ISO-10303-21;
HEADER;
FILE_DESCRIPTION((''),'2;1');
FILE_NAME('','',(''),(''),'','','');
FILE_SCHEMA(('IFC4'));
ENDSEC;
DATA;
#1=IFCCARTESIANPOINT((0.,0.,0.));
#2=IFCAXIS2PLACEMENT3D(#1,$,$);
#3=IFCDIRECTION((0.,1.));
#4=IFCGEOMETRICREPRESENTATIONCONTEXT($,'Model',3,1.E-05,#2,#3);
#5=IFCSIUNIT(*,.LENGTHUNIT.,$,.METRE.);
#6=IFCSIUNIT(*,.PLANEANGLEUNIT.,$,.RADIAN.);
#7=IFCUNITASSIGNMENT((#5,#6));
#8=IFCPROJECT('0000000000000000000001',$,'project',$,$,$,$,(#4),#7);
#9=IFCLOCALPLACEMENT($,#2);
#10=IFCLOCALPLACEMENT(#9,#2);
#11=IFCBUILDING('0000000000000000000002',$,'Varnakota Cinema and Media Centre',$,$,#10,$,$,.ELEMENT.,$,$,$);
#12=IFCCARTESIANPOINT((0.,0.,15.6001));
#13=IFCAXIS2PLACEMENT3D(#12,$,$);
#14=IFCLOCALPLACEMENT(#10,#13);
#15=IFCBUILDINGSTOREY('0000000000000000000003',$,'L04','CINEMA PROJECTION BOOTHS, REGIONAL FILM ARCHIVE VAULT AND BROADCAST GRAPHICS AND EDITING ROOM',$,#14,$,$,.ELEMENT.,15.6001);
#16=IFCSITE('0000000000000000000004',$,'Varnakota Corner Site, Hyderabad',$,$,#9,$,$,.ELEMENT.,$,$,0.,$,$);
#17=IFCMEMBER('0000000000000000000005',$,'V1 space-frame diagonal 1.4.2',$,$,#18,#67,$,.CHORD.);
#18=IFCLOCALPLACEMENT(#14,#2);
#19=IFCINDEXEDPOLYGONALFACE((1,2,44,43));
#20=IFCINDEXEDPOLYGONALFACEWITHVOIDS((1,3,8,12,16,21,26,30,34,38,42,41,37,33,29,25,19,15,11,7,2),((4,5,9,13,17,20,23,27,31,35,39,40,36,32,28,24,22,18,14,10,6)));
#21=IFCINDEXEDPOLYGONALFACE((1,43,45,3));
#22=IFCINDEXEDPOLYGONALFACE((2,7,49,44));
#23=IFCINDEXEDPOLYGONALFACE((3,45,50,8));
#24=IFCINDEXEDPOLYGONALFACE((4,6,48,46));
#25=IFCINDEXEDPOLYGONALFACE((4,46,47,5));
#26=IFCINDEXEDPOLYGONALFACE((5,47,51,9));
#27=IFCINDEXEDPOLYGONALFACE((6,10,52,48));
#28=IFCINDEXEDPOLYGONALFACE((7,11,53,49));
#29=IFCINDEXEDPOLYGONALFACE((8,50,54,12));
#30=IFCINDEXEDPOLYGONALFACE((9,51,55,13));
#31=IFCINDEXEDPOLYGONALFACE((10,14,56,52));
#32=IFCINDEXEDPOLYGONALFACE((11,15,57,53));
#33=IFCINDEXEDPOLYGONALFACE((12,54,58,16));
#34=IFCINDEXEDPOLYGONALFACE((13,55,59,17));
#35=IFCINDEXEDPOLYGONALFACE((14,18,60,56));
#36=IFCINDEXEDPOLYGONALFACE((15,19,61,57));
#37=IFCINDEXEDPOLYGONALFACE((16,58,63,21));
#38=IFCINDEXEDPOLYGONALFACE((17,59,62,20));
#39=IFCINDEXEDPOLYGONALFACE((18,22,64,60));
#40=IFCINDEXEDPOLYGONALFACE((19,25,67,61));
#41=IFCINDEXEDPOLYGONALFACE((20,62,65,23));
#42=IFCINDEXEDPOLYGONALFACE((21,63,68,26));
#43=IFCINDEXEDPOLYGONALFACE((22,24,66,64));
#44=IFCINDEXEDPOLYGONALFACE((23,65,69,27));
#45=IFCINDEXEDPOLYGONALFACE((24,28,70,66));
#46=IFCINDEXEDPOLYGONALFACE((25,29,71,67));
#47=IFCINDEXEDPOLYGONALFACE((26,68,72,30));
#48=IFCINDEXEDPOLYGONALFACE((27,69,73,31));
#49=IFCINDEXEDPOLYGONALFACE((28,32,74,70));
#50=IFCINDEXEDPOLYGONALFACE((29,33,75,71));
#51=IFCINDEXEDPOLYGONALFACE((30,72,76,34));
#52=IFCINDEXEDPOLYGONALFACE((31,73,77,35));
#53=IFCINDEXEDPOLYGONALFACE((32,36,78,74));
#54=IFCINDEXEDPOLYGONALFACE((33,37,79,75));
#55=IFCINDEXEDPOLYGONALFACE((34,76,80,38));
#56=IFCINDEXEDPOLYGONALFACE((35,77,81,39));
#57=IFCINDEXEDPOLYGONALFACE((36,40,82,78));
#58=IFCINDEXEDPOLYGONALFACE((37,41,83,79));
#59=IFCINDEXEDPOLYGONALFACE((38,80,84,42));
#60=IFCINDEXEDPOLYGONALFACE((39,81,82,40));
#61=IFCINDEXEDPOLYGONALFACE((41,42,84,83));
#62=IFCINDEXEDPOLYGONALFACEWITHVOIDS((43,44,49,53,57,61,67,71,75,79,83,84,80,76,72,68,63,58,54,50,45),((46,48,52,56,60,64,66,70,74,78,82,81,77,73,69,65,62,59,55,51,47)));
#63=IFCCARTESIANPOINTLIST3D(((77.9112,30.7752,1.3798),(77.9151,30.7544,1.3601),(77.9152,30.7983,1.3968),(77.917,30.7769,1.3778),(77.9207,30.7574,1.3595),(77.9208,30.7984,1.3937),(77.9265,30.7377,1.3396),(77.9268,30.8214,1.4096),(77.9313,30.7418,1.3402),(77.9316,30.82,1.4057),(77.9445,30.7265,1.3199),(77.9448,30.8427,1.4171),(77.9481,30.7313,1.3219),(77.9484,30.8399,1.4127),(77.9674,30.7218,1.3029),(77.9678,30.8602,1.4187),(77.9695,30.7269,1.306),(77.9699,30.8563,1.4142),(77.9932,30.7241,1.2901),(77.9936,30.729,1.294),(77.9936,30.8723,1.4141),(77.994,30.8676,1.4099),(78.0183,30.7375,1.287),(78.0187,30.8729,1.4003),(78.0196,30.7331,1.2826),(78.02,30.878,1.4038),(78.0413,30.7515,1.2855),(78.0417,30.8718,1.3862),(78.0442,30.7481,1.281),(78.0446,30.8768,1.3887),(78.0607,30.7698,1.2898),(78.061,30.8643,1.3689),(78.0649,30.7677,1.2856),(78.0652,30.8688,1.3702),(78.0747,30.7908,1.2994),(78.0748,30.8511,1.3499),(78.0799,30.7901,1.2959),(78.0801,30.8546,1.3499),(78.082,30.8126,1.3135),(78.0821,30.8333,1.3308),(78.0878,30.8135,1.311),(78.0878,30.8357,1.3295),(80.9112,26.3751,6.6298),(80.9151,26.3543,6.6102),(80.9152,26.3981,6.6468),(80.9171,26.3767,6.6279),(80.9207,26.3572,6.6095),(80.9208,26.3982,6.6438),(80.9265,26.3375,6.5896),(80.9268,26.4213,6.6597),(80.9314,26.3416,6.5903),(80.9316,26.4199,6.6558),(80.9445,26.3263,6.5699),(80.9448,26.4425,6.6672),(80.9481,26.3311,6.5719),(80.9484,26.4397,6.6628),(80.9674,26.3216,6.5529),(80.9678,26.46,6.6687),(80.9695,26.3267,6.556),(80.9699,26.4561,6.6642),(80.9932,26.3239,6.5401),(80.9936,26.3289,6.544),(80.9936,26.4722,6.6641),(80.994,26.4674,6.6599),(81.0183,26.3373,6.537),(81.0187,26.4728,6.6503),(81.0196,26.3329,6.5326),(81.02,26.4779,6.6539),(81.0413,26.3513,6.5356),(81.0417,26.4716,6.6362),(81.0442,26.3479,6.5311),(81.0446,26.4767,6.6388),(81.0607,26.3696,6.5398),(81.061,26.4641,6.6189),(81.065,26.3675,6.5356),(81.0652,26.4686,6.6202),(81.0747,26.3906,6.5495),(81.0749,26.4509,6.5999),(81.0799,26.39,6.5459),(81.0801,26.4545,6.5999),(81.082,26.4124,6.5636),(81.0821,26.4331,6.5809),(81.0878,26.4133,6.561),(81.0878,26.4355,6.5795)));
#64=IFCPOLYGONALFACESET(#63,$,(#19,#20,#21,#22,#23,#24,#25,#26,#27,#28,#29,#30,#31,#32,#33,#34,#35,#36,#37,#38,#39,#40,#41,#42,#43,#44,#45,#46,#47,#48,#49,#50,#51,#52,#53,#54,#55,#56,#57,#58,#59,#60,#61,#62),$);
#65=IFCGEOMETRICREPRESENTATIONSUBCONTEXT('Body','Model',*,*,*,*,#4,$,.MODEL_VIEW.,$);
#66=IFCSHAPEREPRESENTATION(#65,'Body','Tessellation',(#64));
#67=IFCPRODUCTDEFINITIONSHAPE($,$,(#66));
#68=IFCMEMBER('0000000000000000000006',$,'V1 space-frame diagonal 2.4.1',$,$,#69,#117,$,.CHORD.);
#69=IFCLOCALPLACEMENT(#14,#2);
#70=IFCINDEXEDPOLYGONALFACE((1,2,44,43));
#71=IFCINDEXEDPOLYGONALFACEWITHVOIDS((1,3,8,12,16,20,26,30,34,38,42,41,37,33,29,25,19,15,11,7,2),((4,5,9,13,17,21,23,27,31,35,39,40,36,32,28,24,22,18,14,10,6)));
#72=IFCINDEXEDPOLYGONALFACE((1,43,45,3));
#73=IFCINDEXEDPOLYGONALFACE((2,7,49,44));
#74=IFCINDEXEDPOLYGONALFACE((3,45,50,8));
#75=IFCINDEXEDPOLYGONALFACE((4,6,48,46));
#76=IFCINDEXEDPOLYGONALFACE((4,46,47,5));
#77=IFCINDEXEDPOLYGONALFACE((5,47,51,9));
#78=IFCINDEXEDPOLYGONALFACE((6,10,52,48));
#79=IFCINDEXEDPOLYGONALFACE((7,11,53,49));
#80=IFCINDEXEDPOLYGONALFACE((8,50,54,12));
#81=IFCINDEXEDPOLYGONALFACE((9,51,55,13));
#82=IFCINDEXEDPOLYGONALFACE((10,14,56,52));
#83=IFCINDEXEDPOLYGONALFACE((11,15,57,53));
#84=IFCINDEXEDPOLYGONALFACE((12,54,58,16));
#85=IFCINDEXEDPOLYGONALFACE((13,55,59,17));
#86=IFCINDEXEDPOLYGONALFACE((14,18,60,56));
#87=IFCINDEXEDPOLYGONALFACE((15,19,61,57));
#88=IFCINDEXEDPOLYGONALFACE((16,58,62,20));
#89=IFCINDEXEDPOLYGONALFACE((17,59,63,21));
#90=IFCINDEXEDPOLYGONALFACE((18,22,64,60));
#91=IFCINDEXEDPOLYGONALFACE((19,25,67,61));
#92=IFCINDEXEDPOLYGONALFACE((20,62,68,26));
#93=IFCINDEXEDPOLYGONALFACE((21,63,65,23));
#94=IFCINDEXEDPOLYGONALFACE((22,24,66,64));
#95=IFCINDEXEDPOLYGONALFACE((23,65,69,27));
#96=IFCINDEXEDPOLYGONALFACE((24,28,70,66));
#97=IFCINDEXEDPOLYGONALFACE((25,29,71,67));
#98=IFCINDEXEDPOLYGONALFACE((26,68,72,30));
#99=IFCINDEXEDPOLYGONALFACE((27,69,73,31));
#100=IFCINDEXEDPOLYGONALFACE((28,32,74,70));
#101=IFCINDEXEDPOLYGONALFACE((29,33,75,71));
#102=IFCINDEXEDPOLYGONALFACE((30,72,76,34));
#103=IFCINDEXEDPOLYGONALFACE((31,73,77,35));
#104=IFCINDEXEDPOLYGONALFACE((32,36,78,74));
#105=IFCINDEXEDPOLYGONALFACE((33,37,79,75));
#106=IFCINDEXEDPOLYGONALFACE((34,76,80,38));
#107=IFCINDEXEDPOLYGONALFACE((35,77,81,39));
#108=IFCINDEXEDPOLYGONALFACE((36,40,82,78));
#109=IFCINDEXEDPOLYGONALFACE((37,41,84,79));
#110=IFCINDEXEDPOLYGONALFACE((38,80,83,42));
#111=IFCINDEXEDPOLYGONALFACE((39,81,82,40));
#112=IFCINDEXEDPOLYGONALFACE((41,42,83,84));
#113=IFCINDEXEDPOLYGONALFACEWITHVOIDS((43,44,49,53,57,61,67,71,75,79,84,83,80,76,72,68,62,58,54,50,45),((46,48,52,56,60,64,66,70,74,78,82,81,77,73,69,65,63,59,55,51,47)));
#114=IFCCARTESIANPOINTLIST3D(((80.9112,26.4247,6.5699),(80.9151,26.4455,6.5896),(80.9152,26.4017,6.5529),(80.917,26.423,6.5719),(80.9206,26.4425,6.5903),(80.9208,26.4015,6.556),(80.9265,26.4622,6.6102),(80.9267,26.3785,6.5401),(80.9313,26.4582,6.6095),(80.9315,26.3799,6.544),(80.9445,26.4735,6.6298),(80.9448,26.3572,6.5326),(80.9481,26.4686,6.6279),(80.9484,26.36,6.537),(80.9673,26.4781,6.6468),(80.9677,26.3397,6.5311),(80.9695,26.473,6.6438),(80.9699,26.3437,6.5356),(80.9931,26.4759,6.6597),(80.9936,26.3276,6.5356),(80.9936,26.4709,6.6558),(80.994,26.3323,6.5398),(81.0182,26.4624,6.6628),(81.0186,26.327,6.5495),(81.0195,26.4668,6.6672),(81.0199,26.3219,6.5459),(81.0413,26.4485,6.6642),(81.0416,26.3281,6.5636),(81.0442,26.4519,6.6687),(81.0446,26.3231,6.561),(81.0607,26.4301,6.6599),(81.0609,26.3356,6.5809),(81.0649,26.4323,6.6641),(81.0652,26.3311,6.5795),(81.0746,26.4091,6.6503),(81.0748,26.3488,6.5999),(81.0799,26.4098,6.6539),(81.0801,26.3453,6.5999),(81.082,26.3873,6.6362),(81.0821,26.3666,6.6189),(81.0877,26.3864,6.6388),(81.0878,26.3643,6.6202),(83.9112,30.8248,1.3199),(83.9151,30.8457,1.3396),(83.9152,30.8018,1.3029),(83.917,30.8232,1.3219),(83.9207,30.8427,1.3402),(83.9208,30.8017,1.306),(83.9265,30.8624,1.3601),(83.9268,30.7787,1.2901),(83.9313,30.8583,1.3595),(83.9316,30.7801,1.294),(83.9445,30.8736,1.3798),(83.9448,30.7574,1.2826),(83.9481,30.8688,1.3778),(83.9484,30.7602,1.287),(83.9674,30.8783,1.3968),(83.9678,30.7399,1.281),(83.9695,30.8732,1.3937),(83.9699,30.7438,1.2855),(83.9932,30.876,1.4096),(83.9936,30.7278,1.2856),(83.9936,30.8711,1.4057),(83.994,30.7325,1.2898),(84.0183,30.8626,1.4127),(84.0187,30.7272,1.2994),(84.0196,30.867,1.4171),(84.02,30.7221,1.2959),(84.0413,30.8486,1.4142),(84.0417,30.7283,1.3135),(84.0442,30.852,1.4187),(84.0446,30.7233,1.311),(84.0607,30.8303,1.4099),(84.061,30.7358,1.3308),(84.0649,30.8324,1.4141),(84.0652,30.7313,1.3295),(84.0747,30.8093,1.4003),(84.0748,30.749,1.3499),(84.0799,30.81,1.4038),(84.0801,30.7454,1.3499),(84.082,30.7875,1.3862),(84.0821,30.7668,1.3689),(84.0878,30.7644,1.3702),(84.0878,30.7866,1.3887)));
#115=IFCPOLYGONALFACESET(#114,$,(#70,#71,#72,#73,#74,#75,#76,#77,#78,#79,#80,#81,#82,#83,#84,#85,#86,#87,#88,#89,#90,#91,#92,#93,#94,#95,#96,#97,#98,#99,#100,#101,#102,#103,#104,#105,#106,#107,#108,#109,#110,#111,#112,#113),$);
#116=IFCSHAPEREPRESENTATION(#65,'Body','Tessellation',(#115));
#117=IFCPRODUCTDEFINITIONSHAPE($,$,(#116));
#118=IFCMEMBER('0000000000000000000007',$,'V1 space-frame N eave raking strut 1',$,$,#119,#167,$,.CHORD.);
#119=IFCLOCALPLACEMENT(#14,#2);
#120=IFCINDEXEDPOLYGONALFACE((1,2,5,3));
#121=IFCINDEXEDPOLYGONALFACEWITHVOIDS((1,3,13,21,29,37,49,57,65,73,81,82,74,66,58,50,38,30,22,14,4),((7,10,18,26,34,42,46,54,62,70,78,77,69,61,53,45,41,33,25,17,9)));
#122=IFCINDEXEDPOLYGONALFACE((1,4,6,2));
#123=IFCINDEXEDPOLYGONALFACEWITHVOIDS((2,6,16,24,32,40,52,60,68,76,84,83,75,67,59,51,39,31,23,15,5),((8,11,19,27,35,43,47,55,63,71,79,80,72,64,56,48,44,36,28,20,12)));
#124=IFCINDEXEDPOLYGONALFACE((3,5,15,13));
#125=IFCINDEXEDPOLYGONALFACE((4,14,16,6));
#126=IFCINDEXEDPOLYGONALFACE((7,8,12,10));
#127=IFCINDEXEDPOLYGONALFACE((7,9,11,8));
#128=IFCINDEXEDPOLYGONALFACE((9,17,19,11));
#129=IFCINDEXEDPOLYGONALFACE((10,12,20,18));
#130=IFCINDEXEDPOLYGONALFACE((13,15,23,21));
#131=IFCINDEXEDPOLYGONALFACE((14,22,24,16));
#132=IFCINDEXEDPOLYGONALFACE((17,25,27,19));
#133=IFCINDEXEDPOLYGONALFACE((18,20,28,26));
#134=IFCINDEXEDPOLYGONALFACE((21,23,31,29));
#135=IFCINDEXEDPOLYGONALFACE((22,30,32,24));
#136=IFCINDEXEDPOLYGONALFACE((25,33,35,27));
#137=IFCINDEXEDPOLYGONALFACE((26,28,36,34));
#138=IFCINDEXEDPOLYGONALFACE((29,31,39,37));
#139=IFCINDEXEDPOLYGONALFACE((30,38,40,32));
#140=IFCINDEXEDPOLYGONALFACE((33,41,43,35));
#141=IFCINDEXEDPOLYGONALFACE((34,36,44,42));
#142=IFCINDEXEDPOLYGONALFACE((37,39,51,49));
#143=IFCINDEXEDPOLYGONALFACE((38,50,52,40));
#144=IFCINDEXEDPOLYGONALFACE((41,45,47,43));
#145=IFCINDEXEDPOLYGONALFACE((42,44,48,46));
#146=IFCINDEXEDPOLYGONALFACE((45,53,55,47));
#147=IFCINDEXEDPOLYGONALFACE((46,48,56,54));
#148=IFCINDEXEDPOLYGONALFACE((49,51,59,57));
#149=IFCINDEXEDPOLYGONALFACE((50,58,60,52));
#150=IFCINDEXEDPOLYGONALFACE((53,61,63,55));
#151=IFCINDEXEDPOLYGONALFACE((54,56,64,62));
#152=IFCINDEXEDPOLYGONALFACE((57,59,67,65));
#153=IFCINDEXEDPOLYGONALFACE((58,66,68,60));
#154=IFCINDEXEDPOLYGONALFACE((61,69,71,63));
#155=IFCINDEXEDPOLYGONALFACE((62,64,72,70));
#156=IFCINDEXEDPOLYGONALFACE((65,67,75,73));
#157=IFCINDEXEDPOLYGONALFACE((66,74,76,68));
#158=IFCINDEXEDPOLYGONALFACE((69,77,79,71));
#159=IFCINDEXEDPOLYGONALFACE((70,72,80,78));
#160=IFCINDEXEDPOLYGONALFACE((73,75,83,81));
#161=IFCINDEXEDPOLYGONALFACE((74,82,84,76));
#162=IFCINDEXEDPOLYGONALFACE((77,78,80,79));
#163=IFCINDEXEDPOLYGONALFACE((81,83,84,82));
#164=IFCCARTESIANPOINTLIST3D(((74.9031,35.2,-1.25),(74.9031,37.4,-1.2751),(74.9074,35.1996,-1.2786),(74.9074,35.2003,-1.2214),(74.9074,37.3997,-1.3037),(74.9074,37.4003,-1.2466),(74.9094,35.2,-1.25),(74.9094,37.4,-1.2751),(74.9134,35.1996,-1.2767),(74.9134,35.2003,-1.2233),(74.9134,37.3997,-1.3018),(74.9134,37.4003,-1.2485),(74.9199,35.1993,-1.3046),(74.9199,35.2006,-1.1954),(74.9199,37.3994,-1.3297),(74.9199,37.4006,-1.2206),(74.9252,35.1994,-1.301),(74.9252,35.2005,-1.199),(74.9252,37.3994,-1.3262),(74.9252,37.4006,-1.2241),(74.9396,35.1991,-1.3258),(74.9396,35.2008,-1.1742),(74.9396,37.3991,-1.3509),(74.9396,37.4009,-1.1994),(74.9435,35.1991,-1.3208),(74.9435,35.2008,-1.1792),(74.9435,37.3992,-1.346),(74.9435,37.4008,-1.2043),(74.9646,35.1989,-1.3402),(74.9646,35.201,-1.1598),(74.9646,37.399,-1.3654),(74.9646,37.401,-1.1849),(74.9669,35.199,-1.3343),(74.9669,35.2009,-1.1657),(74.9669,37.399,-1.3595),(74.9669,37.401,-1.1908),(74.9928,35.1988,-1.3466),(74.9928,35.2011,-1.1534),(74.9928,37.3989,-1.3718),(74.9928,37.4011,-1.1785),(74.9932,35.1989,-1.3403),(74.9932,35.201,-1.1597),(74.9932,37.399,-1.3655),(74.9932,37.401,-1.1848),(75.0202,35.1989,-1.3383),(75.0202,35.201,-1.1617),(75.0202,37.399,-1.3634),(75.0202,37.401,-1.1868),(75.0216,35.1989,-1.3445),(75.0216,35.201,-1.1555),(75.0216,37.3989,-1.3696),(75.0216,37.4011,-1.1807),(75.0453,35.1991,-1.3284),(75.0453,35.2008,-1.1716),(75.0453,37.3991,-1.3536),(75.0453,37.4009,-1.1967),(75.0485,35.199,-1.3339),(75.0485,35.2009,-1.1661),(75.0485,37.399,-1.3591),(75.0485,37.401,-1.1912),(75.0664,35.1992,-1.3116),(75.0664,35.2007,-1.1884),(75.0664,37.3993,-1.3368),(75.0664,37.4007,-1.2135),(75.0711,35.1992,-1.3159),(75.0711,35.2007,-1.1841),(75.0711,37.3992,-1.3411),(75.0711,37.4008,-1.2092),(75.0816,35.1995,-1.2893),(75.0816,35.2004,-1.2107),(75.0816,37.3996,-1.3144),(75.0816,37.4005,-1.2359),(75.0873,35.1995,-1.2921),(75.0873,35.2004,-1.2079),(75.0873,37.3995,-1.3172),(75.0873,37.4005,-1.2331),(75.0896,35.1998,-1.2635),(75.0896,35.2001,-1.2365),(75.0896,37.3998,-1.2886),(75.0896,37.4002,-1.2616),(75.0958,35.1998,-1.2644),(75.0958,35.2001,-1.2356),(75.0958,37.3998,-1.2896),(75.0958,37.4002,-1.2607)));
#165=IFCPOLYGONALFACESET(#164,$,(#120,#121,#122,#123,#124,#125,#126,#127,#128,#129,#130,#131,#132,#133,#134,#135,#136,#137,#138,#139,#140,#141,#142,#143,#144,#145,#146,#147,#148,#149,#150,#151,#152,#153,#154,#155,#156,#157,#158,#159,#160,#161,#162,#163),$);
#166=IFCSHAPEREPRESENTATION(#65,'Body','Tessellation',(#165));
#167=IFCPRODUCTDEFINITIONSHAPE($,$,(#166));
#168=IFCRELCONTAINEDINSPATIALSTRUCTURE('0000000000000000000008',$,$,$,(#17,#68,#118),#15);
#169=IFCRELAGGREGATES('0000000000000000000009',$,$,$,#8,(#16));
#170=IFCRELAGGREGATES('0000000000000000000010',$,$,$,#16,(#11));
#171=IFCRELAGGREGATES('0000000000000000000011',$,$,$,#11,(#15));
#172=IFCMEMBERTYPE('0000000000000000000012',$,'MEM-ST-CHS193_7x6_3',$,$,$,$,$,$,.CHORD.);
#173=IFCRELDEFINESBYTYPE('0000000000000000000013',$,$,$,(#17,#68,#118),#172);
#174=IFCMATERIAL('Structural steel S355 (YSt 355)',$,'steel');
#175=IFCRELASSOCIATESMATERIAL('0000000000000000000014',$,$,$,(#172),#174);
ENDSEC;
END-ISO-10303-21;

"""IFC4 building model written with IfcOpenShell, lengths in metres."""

from ifc_helpers import new_model, si_unit, direction, frame, origin, origin_2d, place, context, subcontext, project, spatial, hollow_circle, extrude, material, material_profile, profile_set, type_object, element, save


model = new_model("IFC4")

# Units and contexts
model_context = context("Model", 3, precision=1e-05, world=origin(), true_north=direction((0.0, 1.0)))
body_context = subcontext(model_context, "Body", "Model", "MODEL_VIEW")
ifc_project = project(units=[si_unit("LENGTHUNIT", "METRE"), si_unit("PLANEANGLEUNIT", "RADIAN")], contexts=[model_context])

# Site, building, storey
site_placement = place(None, origin())
site = spatial("IfcSite", under=ifc_project, at=site_placement, Name="Varnakota Corner Site, Hyderabad", CompositionType="ELEMENT", RefElevation=0.0)
building_placement = place(site_placement, origin())
building = spatial("IfcBuilding", under=site, at=building_placement, Name="Varnakota Cinema and Media Centre", CompositionType="ELEMENT")
storey_placement = place(building_placement, frame((0.0, 0.0, 15.6001)))
storey = spatial("IfcBuildingStorey", under=building, at=storey_placement, Name="L04", Description="CINEMA PROJECTION BOOTHS, REGIONAL FILM ARCHIVE VAULT AND BROADCAST GRAPHICS AND EDITING ROOM", CompositionType="ELEMENT", Elevation=15.6001)

# Members
ifc_material_1 = material(Name="Structural steel S355 (YSt 355)", Category="steel")
ifc_material_profile_1 = material_profile(ifc_material_1, hollow_circle(Radius=0.0969, WallThickness=0.0063, at=origin_2d()), Name="CHS 193.7x6.3")
ifc_profile_set_1 = profile_set([ifc_material_profile_1], Name="Structural steel S355 (YSt 355)")
member_type_1 = type_object("IfcMemberType", Name="MEM-ST-CHS193_7x6_3", PredefinedType="CHORD", material=ifc_profile_set_1)
for number, where, z_axis, x_axis, name in (
    (1, (78.0, 30.8, 1.3499), (0.401165, -0.588395, 0.702039), (0.826236, 0.563324, 0.0), "V1 space-frame diagonal 1.4.2"),
    (2, (84.0, 30.8, 1.3499), (-0.401165, -0.588395, 0.702039), (0.826236, -0.563324, 0.0), "V1 space-frame diagonal 2.4.1"),
):
    element("IfcMember", number, at=place(storey_placement, frame(where, z_axis=z_axis, x_axis=x_axis)), inside=storey, type_object=member_type_1, Name=name, PredefinedType="CHORD", context=body_context, shape_type="SweptSolid", body=[
        extrude(hollow_circle(Radius=0.0969, WallThickness=0.0063, at=origin_2d()), origin(), (0.0, 0.0, 1.0), 7.4783),
    ])
for number, where, z_axis, x_axis, name in (
    (3, (75.0, 35.2, -1.25), (0.0, 0.999935, -0.01143), (-1.0, 0.0, 0.0), "V1 space-frame N eave raking strut 1"),
):
    element("IfcMember", number, at=place(storey_placement, frame(where, z_axis=z_axis, x_axis=x_axis)), inside=storey, type_object=member_type_1, Name=name, PredefinedType="CHORD", context=body_context, shape_type="SweptSolid", body=[
        extrude(hollow_circle(Radius=0.0969, WallThickness=0.0063, at=origin_2d()), origin(), (0.0, 0.0, 1.0), 2.2002),
    ])

save(model, "model.ifc")
